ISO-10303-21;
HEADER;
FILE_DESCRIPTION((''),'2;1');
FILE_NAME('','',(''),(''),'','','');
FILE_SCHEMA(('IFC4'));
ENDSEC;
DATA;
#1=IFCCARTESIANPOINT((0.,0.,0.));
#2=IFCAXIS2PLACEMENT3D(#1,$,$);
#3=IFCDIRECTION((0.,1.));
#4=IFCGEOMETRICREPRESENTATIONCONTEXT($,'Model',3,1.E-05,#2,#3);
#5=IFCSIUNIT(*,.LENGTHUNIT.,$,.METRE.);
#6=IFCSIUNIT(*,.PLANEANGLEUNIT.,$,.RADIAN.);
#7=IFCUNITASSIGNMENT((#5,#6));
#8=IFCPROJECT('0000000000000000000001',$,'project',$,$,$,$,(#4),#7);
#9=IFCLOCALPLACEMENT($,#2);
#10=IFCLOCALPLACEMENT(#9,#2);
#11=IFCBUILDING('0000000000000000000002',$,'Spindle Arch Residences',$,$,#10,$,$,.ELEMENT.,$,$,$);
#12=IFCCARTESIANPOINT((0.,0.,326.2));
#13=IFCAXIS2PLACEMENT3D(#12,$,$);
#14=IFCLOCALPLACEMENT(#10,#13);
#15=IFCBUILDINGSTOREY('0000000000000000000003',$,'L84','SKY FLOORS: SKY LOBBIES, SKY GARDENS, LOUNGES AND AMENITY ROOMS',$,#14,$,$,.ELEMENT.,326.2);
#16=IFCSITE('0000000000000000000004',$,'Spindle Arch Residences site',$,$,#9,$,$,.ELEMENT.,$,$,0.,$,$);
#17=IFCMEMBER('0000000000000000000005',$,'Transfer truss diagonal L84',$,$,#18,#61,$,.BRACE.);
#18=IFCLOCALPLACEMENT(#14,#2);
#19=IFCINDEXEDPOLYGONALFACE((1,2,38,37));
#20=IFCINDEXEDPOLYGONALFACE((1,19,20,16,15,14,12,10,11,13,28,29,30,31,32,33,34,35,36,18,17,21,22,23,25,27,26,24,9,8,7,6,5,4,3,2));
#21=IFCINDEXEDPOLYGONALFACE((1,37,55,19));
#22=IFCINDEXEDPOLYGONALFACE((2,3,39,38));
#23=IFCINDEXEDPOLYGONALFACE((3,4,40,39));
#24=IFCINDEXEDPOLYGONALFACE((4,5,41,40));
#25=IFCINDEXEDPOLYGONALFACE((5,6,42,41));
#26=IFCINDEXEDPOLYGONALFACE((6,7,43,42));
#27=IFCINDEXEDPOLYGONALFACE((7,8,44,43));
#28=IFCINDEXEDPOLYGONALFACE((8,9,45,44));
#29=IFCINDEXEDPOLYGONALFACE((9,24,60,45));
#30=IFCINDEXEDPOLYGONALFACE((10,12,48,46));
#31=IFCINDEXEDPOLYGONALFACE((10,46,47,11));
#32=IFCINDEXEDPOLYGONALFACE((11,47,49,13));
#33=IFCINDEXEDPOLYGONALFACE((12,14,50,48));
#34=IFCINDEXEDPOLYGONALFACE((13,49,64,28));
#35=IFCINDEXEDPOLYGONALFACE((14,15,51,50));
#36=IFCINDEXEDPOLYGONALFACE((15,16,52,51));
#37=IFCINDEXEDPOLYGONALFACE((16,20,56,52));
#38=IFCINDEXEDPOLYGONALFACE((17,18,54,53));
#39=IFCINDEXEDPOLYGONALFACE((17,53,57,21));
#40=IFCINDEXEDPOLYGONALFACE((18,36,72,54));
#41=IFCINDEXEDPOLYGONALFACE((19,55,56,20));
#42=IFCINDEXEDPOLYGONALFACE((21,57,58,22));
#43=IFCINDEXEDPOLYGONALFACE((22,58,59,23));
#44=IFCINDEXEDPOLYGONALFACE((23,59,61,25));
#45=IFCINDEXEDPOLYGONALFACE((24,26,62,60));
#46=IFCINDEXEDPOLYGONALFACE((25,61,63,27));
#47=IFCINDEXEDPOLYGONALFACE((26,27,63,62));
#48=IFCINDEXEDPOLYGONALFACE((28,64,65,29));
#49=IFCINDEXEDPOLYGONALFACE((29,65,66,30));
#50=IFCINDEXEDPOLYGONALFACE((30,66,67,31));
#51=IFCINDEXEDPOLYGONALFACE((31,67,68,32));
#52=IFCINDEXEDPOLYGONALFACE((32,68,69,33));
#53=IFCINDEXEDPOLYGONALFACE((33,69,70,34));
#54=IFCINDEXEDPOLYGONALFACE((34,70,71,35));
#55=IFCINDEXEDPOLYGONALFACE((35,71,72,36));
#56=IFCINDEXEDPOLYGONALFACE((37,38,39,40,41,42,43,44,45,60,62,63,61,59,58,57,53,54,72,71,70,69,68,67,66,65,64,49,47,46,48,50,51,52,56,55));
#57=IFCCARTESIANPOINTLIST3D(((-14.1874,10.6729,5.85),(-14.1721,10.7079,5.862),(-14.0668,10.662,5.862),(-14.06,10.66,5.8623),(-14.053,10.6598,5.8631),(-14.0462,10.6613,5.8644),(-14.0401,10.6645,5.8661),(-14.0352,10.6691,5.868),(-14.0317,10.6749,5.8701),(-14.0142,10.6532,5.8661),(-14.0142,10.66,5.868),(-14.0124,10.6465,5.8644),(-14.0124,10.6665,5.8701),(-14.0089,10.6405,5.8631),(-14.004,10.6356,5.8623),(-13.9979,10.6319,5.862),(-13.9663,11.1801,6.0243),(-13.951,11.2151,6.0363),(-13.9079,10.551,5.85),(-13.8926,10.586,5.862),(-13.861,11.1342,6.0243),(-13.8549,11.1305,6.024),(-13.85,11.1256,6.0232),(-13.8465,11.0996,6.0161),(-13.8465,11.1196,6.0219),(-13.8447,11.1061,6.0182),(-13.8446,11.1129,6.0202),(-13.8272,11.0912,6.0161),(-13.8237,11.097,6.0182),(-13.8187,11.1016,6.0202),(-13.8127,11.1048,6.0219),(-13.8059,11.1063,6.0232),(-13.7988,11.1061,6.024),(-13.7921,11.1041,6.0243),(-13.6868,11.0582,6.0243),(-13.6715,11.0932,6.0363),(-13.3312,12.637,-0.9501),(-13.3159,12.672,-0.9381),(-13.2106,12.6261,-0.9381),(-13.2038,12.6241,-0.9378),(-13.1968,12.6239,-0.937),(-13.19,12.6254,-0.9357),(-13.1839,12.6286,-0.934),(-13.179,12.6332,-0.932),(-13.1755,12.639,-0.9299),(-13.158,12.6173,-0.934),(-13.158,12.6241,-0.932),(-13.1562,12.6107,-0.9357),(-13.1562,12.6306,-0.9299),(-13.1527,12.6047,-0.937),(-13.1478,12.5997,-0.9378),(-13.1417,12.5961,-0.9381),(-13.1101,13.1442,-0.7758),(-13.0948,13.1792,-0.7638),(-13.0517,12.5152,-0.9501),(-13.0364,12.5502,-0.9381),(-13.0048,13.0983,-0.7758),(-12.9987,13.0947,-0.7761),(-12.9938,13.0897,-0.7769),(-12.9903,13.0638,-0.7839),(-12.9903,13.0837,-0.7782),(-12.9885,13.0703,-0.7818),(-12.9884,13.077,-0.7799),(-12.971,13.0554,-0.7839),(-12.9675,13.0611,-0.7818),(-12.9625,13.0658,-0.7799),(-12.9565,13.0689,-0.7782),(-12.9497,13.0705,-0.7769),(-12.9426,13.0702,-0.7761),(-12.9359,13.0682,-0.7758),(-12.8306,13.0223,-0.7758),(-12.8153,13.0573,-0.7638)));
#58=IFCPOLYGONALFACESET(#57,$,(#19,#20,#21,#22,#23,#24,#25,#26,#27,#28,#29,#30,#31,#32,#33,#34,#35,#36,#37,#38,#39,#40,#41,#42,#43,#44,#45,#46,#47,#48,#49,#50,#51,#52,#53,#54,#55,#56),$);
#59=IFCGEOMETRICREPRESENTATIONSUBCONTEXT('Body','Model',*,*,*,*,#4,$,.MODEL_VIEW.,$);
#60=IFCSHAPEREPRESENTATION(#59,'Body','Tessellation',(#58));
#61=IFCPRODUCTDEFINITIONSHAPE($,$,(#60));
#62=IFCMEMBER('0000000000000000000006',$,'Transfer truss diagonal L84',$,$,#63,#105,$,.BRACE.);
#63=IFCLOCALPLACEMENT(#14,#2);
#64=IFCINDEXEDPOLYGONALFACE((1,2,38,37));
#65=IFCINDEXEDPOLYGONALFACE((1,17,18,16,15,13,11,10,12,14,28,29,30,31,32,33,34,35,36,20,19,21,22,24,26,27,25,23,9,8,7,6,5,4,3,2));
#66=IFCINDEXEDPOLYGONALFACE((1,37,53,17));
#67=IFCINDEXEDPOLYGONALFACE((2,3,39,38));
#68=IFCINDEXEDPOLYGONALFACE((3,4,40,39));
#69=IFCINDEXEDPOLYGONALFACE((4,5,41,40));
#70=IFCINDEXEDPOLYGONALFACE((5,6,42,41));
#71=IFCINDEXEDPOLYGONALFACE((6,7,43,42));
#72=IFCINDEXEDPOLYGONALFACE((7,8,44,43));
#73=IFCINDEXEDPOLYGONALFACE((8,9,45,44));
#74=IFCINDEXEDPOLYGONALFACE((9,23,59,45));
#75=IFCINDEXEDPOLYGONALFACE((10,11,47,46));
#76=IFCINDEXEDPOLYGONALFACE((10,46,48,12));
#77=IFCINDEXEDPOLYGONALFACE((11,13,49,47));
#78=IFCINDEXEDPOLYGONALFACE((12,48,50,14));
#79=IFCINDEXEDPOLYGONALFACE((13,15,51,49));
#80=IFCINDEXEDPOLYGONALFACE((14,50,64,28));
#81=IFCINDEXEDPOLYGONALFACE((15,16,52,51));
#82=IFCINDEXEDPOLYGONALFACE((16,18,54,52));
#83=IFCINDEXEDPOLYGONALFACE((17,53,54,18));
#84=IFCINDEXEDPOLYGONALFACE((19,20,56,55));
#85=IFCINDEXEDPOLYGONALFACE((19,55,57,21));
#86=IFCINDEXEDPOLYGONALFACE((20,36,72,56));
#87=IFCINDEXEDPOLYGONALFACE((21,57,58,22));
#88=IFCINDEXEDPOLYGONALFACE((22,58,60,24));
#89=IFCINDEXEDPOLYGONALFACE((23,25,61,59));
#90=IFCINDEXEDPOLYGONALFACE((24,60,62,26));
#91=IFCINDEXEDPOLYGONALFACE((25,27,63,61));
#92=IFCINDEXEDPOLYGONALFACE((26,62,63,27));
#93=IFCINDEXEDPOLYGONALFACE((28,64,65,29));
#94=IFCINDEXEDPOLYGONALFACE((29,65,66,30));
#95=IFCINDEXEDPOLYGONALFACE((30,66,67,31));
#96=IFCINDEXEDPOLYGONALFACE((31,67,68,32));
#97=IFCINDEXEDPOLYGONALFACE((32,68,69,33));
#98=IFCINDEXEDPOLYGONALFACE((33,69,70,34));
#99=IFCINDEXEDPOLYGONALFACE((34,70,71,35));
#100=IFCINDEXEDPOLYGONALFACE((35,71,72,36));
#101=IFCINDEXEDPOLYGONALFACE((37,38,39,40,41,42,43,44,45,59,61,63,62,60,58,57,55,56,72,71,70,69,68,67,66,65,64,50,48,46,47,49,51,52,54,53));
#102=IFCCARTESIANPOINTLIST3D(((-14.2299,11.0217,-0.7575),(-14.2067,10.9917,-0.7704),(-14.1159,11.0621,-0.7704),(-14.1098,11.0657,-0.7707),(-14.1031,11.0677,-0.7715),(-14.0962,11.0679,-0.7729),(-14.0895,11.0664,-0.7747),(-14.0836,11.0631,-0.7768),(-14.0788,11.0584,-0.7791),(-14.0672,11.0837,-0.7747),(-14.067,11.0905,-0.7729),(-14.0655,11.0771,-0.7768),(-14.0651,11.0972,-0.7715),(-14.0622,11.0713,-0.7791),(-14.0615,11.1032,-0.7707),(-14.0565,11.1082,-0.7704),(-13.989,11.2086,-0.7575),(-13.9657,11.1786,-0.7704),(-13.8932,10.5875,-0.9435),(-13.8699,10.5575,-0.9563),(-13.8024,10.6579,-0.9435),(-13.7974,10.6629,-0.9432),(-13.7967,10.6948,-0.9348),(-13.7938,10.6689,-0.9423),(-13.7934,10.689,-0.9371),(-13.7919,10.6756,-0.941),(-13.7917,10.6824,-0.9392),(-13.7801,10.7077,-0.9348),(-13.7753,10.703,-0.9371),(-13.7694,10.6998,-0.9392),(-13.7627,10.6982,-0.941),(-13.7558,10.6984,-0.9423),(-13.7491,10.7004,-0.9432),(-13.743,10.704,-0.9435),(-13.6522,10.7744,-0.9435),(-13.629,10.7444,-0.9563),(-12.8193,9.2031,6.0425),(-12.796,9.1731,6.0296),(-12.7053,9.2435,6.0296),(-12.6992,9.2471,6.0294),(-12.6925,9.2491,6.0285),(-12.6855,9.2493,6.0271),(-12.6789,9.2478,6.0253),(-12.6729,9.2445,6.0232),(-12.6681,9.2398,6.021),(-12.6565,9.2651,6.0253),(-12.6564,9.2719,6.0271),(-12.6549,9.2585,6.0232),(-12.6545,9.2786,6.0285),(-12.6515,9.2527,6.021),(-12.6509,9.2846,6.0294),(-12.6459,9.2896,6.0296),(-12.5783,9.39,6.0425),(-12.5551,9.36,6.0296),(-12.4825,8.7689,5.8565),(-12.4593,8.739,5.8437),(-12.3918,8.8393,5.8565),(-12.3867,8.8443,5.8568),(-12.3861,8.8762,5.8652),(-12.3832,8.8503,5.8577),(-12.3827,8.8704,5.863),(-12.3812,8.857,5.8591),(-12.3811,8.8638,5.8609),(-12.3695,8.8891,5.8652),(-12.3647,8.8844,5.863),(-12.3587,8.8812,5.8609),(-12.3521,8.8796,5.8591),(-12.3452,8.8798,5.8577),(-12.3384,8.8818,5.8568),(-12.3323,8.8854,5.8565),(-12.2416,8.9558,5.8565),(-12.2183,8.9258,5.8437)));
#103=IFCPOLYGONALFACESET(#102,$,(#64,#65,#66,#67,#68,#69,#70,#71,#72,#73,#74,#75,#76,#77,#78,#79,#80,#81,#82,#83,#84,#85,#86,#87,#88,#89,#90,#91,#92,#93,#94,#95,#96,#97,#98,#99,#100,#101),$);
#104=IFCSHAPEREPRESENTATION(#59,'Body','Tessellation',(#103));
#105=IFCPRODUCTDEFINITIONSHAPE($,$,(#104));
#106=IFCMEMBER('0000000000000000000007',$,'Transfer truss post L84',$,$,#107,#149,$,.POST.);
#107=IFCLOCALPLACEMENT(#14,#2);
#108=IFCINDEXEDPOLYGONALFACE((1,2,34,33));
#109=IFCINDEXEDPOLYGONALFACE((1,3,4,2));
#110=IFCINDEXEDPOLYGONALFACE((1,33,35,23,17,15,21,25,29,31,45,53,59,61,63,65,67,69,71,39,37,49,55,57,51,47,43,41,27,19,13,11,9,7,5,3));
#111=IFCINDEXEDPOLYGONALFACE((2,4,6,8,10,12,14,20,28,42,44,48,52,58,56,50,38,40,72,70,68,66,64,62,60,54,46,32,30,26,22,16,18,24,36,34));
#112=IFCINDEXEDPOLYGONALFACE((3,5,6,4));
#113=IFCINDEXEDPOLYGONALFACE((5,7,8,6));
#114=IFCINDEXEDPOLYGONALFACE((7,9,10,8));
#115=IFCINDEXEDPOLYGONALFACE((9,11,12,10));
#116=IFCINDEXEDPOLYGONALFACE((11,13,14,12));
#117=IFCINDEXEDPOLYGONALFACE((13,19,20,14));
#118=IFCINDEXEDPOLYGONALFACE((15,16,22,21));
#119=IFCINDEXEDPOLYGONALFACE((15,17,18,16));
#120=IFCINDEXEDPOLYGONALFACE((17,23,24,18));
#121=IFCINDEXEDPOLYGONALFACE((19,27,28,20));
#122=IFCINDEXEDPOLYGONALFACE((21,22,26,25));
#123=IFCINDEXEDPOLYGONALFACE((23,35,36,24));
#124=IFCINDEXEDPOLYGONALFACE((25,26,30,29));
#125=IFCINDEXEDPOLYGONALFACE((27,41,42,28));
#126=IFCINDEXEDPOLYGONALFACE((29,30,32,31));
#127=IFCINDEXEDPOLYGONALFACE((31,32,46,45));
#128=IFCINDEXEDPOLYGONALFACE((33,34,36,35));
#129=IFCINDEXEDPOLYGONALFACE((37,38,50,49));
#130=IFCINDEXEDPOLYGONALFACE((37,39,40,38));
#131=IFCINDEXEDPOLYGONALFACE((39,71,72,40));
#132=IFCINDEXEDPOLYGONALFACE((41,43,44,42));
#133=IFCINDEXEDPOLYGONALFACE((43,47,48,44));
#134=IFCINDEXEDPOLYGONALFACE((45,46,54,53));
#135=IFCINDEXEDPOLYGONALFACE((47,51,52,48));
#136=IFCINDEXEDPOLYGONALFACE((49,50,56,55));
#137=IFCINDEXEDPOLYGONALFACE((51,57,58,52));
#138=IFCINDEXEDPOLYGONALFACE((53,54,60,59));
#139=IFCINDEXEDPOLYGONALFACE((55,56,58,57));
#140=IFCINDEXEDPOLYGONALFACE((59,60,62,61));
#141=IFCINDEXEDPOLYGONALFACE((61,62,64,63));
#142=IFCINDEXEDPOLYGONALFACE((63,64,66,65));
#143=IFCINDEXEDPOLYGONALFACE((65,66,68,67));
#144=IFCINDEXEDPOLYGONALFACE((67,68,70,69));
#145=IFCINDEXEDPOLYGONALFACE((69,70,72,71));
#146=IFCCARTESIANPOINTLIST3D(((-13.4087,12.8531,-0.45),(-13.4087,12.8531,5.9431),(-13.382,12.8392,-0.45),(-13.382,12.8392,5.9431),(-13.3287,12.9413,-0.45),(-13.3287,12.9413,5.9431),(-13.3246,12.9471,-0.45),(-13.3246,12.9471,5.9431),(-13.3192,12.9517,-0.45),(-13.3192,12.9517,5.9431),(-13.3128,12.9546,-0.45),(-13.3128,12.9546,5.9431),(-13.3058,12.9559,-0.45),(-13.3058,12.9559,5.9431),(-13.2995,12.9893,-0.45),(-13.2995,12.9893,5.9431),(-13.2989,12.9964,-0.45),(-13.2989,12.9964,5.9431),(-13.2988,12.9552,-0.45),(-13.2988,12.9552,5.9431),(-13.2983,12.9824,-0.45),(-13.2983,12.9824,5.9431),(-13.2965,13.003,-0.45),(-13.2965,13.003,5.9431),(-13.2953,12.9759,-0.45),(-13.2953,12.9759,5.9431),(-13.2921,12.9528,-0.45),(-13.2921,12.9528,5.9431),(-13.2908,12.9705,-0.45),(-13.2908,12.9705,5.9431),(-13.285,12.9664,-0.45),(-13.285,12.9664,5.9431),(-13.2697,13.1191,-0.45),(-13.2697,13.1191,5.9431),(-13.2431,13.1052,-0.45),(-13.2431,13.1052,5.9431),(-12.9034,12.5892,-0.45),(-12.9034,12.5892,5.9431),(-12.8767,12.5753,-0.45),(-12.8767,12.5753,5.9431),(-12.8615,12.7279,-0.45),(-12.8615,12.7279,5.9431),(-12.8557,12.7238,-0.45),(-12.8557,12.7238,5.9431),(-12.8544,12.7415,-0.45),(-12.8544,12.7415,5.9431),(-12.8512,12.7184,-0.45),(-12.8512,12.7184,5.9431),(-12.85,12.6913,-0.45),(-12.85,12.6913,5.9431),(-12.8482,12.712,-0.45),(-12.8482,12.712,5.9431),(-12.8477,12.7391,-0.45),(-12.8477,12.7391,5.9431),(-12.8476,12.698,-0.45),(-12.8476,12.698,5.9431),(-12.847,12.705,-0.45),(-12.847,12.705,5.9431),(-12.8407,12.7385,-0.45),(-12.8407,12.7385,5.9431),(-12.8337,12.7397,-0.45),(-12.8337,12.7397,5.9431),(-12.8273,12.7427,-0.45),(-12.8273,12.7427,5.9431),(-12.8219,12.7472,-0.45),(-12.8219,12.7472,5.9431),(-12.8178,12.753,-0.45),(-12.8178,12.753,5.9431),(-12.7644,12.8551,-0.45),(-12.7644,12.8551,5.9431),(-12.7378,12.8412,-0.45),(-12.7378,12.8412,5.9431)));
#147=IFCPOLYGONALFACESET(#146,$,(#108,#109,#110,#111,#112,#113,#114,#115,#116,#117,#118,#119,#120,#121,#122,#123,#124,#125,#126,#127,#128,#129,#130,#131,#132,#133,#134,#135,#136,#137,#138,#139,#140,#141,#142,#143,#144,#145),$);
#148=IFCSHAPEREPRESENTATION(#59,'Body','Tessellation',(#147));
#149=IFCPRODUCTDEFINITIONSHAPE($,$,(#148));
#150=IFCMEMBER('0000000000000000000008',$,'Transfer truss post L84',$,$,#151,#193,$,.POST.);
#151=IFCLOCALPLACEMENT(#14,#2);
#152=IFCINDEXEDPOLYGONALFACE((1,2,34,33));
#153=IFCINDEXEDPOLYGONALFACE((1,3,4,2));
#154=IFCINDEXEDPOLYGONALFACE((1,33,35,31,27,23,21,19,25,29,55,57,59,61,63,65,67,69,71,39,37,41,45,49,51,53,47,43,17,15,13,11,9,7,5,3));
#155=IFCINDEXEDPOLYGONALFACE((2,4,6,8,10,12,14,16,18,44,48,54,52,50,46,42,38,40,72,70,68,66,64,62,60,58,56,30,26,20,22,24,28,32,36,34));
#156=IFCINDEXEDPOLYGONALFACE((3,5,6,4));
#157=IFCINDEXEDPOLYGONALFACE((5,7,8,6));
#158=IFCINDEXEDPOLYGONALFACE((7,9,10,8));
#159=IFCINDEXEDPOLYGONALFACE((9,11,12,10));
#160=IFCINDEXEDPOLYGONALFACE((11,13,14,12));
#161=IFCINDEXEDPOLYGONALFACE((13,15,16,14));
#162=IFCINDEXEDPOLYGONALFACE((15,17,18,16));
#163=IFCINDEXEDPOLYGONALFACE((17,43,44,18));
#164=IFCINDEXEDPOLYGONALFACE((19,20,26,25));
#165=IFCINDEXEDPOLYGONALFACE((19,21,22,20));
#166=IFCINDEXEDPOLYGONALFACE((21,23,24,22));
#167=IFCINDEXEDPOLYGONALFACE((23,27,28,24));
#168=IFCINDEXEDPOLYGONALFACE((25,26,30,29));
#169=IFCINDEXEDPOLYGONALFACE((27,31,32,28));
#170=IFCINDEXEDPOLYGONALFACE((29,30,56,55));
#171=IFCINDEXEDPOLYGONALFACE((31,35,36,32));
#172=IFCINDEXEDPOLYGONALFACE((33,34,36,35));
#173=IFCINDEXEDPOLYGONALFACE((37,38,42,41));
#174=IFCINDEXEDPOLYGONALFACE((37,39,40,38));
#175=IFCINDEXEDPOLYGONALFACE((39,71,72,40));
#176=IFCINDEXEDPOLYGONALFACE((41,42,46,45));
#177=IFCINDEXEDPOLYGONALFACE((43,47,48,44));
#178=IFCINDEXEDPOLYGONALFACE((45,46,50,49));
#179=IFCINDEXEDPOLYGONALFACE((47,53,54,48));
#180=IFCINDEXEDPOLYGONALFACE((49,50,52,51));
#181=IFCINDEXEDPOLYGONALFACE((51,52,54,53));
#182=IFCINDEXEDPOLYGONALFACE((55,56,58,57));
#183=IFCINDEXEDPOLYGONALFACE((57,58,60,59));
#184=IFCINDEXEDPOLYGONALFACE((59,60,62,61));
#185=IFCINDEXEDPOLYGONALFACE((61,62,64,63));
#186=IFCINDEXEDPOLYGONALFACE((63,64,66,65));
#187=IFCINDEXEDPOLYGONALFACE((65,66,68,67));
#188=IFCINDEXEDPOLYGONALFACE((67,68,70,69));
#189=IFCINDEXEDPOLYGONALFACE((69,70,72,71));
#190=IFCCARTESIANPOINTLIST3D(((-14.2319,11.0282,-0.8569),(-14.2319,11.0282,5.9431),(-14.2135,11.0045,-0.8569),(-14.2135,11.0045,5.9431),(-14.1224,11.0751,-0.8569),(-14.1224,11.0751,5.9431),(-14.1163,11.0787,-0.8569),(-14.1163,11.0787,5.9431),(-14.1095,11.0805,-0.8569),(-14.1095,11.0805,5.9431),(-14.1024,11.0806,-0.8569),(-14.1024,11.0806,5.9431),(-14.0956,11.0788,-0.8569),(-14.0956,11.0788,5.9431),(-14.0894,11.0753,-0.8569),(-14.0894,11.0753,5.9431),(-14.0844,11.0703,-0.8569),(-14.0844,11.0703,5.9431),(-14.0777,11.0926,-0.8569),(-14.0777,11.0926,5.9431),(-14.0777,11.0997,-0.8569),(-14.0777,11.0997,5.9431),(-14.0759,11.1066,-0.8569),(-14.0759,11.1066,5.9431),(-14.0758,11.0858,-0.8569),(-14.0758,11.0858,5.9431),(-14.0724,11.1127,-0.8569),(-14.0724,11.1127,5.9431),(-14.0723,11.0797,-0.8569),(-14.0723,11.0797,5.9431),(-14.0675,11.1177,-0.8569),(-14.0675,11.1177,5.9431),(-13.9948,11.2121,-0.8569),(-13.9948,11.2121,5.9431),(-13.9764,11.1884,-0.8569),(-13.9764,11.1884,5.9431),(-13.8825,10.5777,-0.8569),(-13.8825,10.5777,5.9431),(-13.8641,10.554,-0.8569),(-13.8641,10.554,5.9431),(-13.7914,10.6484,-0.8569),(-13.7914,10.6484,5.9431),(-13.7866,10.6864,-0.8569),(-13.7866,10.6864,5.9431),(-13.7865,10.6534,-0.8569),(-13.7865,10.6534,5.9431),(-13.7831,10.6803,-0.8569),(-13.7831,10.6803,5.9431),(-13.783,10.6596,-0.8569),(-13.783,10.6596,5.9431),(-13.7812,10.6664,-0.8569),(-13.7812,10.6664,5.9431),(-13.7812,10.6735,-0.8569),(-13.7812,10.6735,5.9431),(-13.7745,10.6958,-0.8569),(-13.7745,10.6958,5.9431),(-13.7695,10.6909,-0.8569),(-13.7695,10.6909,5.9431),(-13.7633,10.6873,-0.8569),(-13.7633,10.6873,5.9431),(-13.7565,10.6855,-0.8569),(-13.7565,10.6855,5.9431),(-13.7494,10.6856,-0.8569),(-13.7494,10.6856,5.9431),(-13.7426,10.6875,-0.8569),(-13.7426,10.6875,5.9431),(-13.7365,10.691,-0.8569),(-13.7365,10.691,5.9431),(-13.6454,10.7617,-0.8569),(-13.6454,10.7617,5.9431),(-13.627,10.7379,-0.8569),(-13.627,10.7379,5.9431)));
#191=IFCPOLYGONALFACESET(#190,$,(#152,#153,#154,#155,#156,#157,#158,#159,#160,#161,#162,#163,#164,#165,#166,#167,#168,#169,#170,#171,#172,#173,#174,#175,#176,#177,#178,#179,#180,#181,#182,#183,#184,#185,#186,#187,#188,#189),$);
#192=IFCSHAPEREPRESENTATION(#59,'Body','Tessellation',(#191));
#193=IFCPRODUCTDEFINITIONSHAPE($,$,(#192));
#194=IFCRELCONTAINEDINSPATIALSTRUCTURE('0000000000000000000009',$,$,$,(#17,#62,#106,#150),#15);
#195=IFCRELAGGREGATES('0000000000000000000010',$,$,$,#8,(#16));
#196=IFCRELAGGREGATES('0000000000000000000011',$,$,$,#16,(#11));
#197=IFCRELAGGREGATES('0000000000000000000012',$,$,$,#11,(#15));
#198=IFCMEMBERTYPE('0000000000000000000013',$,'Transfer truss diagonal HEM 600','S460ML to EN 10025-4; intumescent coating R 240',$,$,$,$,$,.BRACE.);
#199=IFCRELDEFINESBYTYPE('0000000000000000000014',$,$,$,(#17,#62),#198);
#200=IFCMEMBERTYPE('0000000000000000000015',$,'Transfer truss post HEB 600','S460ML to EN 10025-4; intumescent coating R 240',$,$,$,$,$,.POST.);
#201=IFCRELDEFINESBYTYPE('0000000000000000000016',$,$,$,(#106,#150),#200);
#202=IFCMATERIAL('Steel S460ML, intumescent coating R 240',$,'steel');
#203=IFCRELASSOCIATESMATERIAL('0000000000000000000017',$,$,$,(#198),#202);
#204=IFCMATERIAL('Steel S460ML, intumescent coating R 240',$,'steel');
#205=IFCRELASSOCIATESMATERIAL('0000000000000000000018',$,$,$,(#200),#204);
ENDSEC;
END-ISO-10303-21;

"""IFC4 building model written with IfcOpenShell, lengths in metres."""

from ifc_helpers import new_model, si_unit, direction, frame, origin, origin_2d, place, context, subcontext, project, spatial, i_section, extrude, material, material_profile, profile_set, type_object, element, save


model = new_model("IFC4")

# Units and contexts
model_context = context("Model", 3, precision=1e-05, world=origin(), true_north=direction((0.0, 1.0)))
body_context = subcontext(model_context, "Body", "Model", "MODEL_VIEW")
ifc_project = project(units=[si_unit("LENGTHUNIT", "METRE"), si_unit("PLANEANGLEUNIT", "RADIAN")], contexts=[model_context])

# Site, building, storey
site_placement = place(None, origin())
site = spatial("IfcSite", under=ifc_project, at=site_placement, Name="Spindle Arch Residences site", CompositionType="ELEMENT", RefElevation=0.0)
building_placement = place(site_placement, origin())
building = spatial("IfcBuilding", under=site, at=building_placement, Name="Spindle Arch Residences", CompositionType="ELEMENT")
storey_placement = place(building_placement, frame((0.0, 0.0, 326.2)))
storey = spatial("IfcBuildingStorey", under=building, at=storey_placement, Name="L84", Description="SKY FLOORS: SKY LOBBIES, SKY GARDENS, LOUNGES AND AMENITY ROOMS", CompositionType="ELEMENT", Elevation=326.2)

# Members
ifc_material_1 = material(Name="Steel S460ML, intumescent coating R 240", Category="steel")
ifc_material_profile_1 = material_profile(ifc_material_1, i_section(OverallWidth=0.3049, OverallDepth=0.6201, WebThickness=0.021, FlangeThickness=0.04, FilletRadius=0.0271, at=origin_2d()), Name="HEM 600")
ifc_profile_set_1 = profile_set([ifc_material_profile_1], Name="Steel S460ML, intumescent coating R 240")
member_type_1 = type_object("IfcMemberType", Name="Transfer truss diagonal HEM 600", Description="S460ML to EN 10025-4; intumescent coating R 240", PredefinedType="BRACE", material=ifc_profile_set_1)
member_1_placement = place(storey_placement, frame((-13.0732, 12.8472, -0.8569), z_axis=(-0.120091, -0.275486, 0.953774), x_axis=(0.916687, -0.399605, 0.0)))
element("IfcMember", 1, at=member_1_placement, inside=storey, type_object=member_type_1, Name="Transfer truss diagonal L84", PredefinedType="BRACE", context=body_context, shape_type="SweptSolid", body=[
    extrude(i_section(OverallWidth=0.3049, OverallDepth=0.6201, WebThickness=0.021, FlangeThickness=0.04, FilletRadius=0.0271, at=origin_2d()), origin(), (0.0, 0.0, 1.0), 7.1296),
])
member_2_placement = place(storey_placement, frame((-13.9294, 10.8831, -0.8569), z_axis=(0.196496, -0.253323, 0.947215), x_axis=(0.790157, 0.612905, 0.0)))
element("IfcMember", 2, at=member_2_placement, inside=storey, type_object=member_type_1, Name="Transfer truss diagonal L84", PredefinedType="BRACE", context=body_context, shape_type="SweptSolid", body=[
    extrude(i_section(OverallWidth=0.3049, OverallDepth=0.6201, WebThickness=0.021, FlangeThickness=0.04, FilletRadius=0.0271, at=origin_2d()), origin(), (0.0, 0.0, 1.0), 7.179),
])
ifc_material_2 = material(Name="Steel S460ML, intumescent coating R 240", Category="steel")
ifc_material_profile_2 = material_profile(ifc_material_2, i_section(OverallWidth=0.3, OverallDepth=0.6001, WebThickness=0.0154, FlangeThickness=0.03, FilletRadius=0.0271, at=origin_2d()), Name="HEB 600")
ifc_profile_set_2 = profile_set([ifc_material_profile_2], Name="Steel S460ML, intumescent coating R 240")
member_type_2 = type_object("IfcMemberType", Name="Transfer truss post HEB 600", Description="S460ML to EN 10025-4; intumescent coating R 240", PredefinedType="POST", material=ifc_profile_set_2)
member_3_placement = place(storey_placement, frame((-13.0732, 12.8472, -0.45), z_axis=(0.0, 0.0, 1.0), x_axis=(0.46296, 0.886379, 0.0)))
element("IfcMember", 3, at=member_3_placement, inside=storey, type_object=member_type_2, Name="Transfer truss post L84", PredefinedType="POST", context=body_context, shape_type="SweptSolid", body=[
    extrude(i_section(OverallWidth=0.3, OverallDepth=0.6001, WebThickness=0.0154, FlangeThickness=0.03, FilletRadius=0.0271, at=origin_2d()), origin(), (0.0, 0.0, 1.0), 6.3931),
])
member_4_placement = place(storey_placement, frame((-13.9294, 10.8831, -0.8569), z_axis=(0.0, 0.0, 1.0), x_axis=(0.790153, 0.612909, 0.0)))
element("IfcMember", 4, at=member_4_placement, inside=storey, type_object=member_type_2, Name="Transfer truss post L84", PredefinedType="POST", context=body_context, shape_type="SweptSolid", body=[
    extrude(i_section(OverallWidth=0.3, OverallDepth=0.6001, WebThickness=0.0154, FlangeThickness=0.03, FilletRadius=0.0271, at=origin_2d()), origin(), (0.0, 0.0, 1.0), 6.8),
])

save(model, "model.ifc")
